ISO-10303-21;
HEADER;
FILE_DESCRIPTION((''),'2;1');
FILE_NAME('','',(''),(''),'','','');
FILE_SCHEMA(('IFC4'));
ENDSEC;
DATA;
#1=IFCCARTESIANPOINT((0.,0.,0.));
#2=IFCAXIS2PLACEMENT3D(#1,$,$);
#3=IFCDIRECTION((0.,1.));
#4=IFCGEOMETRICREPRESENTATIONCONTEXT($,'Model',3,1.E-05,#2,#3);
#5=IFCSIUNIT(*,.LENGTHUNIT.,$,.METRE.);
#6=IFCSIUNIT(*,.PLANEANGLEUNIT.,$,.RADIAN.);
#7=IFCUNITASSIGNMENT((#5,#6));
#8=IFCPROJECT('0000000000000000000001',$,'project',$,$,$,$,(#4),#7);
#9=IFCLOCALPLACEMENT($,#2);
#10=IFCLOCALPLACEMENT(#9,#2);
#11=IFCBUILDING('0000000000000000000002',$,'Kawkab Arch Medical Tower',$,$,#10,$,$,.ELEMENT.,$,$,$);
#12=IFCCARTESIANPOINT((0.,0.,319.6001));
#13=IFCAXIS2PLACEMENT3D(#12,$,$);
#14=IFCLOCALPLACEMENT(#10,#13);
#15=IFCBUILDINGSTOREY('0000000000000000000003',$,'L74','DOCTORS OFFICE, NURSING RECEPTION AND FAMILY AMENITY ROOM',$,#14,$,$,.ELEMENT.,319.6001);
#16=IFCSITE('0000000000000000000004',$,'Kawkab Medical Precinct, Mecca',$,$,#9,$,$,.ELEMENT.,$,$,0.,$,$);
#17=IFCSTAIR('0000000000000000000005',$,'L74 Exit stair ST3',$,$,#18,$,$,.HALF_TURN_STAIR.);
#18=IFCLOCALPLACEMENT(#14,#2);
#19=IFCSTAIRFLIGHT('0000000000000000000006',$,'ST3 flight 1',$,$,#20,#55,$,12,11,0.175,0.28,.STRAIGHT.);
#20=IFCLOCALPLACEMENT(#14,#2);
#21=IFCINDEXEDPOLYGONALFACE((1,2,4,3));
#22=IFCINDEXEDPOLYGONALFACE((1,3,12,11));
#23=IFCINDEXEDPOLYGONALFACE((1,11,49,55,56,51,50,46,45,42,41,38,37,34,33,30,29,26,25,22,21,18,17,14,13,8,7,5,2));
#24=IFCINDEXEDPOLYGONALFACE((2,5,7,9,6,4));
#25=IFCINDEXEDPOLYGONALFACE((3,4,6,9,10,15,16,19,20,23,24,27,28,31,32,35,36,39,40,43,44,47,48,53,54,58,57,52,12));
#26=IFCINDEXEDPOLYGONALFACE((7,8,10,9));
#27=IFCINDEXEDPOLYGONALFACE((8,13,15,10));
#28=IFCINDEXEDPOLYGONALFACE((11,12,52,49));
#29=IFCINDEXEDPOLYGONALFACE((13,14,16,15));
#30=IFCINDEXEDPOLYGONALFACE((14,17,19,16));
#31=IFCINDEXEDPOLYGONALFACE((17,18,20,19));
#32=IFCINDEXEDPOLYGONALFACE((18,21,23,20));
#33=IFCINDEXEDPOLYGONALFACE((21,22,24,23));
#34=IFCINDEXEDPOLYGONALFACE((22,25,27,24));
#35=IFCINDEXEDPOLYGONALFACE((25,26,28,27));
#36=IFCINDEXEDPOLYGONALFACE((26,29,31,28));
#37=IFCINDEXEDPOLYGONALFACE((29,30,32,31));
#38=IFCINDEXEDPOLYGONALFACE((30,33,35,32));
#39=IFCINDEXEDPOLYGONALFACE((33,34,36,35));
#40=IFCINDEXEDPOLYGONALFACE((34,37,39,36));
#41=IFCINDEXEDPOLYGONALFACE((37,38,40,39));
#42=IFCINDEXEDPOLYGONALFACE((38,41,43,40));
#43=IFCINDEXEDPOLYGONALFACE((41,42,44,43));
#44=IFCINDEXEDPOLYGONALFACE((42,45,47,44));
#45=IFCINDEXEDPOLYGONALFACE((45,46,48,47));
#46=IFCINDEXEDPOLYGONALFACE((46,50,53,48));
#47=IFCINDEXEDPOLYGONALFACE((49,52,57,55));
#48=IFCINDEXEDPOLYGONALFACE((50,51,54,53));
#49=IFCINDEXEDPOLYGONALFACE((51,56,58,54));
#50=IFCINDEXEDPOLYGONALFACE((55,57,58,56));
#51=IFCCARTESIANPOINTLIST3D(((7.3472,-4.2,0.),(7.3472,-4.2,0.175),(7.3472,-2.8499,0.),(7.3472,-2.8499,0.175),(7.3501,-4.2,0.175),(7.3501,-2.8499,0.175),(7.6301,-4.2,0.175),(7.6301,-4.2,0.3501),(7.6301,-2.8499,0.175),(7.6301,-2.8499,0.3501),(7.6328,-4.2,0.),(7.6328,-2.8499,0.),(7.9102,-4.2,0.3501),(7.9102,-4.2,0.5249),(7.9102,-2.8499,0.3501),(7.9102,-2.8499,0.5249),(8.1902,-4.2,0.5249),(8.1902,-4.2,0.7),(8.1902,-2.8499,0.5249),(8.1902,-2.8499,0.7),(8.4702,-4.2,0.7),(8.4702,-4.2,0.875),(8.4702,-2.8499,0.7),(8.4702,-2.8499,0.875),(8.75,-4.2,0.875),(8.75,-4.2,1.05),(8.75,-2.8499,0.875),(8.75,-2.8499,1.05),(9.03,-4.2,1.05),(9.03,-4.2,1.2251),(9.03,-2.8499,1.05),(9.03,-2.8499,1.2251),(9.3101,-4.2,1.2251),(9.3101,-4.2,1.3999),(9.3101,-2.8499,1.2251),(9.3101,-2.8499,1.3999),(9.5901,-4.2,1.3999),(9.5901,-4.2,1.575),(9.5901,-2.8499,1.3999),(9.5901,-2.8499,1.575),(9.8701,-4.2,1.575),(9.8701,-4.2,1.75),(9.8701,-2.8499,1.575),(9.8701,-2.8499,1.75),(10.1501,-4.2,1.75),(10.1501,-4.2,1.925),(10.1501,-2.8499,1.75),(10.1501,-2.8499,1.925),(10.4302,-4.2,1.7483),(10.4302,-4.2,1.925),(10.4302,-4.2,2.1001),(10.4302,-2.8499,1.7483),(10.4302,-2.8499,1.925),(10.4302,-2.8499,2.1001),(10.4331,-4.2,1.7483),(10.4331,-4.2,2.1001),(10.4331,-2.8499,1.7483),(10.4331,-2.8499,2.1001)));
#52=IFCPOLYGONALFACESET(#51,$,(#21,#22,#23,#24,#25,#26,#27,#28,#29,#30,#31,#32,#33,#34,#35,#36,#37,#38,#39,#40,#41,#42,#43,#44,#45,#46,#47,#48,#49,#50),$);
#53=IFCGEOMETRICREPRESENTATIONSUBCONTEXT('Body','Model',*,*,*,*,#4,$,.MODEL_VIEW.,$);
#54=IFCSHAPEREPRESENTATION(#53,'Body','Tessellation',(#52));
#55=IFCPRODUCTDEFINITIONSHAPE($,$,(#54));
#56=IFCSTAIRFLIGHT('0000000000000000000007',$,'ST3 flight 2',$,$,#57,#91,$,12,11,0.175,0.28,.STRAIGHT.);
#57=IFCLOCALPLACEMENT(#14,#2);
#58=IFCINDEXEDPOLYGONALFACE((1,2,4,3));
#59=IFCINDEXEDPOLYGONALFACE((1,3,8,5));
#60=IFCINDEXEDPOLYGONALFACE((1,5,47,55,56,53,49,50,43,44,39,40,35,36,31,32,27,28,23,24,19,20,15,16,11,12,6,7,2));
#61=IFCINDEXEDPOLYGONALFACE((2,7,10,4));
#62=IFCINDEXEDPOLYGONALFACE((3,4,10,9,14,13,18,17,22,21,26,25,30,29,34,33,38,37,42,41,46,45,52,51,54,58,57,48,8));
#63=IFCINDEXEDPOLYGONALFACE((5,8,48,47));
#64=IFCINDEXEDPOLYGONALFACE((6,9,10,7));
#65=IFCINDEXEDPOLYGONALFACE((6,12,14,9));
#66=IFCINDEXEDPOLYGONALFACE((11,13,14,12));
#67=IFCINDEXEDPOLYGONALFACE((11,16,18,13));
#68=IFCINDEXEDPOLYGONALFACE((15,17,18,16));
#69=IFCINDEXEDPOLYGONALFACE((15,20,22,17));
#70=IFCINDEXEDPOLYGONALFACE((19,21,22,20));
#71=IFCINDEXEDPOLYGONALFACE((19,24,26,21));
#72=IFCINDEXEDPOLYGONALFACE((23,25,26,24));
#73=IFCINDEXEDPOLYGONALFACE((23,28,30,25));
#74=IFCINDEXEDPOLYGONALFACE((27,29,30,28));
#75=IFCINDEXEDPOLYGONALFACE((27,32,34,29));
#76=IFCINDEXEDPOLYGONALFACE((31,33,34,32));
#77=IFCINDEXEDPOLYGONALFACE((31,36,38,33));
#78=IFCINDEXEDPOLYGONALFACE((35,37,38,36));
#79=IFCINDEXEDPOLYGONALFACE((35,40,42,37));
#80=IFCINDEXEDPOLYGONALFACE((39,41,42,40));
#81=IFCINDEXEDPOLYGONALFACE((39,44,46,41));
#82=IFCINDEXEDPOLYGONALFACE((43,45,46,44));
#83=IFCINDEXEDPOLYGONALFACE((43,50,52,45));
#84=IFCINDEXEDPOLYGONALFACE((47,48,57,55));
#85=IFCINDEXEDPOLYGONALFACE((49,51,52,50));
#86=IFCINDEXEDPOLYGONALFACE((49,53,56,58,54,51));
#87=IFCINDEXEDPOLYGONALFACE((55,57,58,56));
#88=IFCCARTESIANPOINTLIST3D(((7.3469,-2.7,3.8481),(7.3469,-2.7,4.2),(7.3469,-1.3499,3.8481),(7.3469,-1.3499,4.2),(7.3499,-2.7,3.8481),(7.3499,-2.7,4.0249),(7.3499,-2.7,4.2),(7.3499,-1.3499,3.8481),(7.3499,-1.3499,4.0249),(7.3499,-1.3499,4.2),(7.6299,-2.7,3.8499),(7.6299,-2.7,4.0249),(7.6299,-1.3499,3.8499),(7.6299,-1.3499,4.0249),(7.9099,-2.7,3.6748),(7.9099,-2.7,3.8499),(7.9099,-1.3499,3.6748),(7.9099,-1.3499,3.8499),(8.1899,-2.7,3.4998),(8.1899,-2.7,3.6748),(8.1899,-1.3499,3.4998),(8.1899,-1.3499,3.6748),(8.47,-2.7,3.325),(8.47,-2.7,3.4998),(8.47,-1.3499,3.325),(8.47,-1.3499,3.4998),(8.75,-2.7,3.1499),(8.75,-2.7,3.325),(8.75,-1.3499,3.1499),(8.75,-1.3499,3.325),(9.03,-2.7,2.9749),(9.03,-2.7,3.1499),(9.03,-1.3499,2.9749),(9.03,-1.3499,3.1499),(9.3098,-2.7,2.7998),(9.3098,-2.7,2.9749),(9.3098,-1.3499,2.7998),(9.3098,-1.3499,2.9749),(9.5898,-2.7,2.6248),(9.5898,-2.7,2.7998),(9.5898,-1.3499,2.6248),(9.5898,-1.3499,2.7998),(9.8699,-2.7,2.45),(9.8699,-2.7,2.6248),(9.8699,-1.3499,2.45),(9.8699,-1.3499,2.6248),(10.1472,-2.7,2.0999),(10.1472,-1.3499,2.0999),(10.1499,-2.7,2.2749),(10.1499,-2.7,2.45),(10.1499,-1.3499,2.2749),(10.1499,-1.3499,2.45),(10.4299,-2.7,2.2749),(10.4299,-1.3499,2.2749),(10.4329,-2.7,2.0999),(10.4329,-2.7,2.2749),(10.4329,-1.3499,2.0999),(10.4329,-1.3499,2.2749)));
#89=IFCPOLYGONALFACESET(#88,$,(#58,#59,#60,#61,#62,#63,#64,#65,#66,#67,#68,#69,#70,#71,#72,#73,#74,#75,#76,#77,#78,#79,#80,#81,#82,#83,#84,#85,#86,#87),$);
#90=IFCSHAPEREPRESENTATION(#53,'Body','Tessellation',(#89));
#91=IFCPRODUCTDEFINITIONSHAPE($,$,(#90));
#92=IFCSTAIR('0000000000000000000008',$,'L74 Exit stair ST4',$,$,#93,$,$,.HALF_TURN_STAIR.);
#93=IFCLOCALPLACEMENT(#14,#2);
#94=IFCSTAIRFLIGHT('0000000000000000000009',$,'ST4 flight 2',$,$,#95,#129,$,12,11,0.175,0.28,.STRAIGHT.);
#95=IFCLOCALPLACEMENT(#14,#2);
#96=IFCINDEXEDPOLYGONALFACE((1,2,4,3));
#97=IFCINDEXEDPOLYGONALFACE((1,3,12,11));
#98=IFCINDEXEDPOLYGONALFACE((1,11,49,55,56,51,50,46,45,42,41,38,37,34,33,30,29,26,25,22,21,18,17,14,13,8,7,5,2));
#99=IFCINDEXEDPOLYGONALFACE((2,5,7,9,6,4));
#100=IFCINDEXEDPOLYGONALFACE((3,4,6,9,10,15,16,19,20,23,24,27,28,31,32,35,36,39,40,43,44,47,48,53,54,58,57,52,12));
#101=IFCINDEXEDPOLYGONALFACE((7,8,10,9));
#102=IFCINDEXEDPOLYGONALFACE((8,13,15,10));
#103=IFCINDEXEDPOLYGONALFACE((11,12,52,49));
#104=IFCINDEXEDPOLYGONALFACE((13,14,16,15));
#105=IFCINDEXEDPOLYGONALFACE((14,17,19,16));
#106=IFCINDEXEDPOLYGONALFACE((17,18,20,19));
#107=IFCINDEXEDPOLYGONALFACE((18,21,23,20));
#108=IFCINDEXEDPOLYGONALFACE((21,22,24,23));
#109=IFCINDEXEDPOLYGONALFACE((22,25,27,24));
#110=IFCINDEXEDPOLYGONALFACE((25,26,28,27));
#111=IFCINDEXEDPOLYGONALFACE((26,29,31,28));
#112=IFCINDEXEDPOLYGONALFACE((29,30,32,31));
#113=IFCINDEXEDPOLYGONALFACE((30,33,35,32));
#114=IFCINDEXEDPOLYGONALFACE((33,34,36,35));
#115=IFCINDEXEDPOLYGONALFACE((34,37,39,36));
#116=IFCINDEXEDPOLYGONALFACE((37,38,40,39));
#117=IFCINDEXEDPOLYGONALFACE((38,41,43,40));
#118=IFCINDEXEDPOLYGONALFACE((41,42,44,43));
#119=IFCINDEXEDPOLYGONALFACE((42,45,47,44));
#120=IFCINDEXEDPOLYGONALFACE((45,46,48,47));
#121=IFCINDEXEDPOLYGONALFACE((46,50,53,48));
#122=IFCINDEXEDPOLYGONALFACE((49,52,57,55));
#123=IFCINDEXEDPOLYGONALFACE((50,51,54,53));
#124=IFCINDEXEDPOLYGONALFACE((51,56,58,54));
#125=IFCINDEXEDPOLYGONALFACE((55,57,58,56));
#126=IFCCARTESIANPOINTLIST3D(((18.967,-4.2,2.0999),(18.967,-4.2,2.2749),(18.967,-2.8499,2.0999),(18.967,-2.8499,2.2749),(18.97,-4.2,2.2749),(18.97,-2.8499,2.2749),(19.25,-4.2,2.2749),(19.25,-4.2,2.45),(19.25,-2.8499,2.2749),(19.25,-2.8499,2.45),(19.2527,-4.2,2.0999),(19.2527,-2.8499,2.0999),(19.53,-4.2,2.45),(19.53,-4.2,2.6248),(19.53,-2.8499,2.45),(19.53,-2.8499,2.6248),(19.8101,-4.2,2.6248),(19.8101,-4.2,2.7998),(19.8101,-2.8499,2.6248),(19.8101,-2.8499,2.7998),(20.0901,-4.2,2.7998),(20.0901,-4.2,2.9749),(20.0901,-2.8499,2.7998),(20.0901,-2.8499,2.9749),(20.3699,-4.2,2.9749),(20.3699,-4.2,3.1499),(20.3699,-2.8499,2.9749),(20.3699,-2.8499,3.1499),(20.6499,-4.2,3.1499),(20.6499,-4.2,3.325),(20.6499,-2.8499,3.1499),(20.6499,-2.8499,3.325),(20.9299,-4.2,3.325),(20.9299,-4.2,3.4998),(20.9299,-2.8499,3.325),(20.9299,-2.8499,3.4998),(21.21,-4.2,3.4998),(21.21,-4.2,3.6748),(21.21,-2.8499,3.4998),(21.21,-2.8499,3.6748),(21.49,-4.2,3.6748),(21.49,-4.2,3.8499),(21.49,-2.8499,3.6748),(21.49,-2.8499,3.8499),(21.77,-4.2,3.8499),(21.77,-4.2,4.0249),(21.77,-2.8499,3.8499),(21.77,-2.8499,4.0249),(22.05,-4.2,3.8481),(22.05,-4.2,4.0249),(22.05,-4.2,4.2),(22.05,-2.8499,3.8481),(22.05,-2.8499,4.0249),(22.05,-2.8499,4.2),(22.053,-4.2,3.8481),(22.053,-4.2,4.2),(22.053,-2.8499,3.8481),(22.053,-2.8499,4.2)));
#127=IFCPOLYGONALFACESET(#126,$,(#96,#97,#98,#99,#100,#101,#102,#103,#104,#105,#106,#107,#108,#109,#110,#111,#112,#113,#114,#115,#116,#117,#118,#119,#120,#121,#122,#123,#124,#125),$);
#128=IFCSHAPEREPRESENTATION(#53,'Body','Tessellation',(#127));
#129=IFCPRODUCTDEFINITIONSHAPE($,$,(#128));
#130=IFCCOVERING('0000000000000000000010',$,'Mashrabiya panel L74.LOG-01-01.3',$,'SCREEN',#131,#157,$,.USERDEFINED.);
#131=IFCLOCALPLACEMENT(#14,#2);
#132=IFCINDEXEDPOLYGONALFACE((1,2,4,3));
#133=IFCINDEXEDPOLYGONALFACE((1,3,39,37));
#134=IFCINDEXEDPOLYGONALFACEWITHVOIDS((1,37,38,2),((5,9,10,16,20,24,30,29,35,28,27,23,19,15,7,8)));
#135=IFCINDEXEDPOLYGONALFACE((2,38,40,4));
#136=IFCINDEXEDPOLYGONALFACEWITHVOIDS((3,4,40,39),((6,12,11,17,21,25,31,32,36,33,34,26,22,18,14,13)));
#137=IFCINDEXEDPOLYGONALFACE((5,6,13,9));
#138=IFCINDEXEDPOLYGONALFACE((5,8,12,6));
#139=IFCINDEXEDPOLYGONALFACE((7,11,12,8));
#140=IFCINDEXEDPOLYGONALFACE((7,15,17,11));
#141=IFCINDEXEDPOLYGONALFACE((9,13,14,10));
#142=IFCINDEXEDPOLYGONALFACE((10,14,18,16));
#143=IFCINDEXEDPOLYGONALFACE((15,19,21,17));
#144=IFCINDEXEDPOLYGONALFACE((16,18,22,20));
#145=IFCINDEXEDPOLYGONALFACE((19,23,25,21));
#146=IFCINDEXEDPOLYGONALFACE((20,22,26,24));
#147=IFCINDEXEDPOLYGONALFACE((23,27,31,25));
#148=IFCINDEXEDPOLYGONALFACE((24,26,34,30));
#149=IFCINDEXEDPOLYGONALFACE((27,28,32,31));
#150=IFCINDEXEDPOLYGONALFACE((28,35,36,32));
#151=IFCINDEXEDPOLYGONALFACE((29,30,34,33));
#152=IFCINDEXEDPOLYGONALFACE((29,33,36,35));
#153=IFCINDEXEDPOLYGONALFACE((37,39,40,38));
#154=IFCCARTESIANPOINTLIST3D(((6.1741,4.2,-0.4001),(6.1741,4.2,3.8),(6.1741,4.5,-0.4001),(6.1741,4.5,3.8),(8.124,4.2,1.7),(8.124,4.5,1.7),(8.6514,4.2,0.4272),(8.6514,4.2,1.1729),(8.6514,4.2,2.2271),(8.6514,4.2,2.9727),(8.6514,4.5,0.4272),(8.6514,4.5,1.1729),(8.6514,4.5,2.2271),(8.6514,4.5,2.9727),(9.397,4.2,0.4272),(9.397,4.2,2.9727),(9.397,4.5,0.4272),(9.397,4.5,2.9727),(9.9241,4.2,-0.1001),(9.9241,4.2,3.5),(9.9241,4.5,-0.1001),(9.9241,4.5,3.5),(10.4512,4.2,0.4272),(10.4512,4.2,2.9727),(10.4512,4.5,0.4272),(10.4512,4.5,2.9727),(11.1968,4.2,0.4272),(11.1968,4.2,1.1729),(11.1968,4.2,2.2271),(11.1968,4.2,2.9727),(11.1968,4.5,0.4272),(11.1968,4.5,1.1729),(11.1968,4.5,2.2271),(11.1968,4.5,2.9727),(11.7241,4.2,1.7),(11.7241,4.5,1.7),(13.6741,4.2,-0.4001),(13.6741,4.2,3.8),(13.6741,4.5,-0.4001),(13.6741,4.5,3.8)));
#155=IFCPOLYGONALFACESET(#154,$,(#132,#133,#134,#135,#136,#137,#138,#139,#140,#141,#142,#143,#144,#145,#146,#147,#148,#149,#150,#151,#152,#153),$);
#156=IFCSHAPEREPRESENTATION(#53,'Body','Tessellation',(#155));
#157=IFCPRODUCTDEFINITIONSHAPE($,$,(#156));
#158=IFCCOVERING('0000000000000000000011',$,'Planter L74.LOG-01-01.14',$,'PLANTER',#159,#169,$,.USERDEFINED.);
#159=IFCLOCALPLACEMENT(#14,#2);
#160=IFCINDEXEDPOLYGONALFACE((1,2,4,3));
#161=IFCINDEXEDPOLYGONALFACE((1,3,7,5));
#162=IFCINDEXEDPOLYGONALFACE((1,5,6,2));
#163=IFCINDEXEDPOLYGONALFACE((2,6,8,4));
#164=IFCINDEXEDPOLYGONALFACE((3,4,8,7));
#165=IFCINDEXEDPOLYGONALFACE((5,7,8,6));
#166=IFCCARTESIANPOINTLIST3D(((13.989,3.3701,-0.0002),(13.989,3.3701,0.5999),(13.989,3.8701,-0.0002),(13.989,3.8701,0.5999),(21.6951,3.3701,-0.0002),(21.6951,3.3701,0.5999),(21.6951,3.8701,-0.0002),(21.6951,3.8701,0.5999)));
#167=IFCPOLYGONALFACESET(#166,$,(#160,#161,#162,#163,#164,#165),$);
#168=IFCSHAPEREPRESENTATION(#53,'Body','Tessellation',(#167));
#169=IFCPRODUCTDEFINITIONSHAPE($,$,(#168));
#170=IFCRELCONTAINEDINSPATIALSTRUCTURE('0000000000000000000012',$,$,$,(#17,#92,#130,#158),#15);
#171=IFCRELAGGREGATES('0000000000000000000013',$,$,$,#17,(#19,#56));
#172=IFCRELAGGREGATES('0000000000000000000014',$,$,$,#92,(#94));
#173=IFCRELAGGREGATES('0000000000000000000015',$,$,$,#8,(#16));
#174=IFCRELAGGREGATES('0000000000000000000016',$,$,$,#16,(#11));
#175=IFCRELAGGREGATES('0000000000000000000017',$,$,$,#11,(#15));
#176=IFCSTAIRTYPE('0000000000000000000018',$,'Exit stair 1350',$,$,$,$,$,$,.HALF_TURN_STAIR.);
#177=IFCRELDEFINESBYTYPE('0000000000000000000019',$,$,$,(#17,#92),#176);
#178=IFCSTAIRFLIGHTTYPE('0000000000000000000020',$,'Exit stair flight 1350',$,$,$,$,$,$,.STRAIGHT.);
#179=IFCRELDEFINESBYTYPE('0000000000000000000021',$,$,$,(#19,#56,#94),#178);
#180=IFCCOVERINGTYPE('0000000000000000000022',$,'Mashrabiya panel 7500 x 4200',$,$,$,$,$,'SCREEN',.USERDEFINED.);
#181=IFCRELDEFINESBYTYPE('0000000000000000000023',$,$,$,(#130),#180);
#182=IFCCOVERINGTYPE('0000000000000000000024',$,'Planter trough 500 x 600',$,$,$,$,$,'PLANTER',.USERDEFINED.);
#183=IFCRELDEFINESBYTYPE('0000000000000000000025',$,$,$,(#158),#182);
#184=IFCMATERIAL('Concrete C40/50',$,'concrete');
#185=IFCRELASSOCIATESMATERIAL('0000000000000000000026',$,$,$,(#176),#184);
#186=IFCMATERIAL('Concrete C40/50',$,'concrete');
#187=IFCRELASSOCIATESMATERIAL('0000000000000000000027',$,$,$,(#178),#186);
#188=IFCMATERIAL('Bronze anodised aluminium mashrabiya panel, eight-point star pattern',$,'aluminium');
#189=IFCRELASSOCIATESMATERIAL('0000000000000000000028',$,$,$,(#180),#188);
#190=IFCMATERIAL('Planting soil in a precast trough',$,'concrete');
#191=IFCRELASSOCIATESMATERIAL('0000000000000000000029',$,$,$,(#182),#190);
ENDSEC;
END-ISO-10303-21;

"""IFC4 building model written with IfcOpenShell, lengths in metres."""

from ifc_helpers import new_model, si_unit, direction, frame, origin, origin_2d, place, context, subcontext, project, spatial, polyline, rectangle, outline, extrude, material, material_profile, profile_set, type_object, element, aggregate, save


model = new_model("IFC4")

# Units and contexts
model_context = context("Model", 3, precision=1e-05, world=origin(), true_north=direction((0.0, 1.0)))
body_context = subcontext(model_context, "Body", "Model", "MODEL_VIEW")
ifc_project = project(units=[si_unit("LENGTHUNIT", "METRE"), si_unit("PLANEANGLEUNIT", "RADIAN")], contexts=[model_context])

# Site, building, storey
site_placement = place(None, origin())
site = spatial("IfcSite", under=ifc_project, at=site_placement, Name="Kawkab Medical Precinct, Mecca", CompositionType="ELEMENT", RefElevation=0.0)
building_placement = place(site_placement, origin())
building = spatial("IfcBuilding", under=site, at=building_placement, Name="Kawkab Arch Medical Tower", CompositionType="ELEMENT")
storey_placement = place(building_placement, frame((0.0, 0.0, 319.6001)))
storey = spatial("IfcBuildingStorey", under=building, at=storey_placement, Name="L74", Description="DOCTORS OFFICE, NURSING RECEPTION AND FAMILY AMENITY ROOM", CompositionType="ELEMENT", Elevation=319.6001)

# Shared definitions
placement = place(storey_placement, origin())

# Stair, stair flights
ifc_material_1 = material(Name="Concrete C40/50", Category="concrete")
stair_type = type_object("IfcStairType", Name="Exit stair 1350", PredefinedType="HALF_TURN_STAIR", material=ifc_material_1)
stair_1 = element("IfcStair", 1, at=placement, inside=storey, type_object=stair_type, Name="L74 Exit stair ST3", PredefinedType="HALF_TURN_STAIR")
ifc_material_2 = material(Name="Concrete C40/50", Category="concrete")
stair_flight_type = type_object("IfcStairFlightType", Name="Exit stair flight 1350", PredefinedType="STRAIGHT", material=ifc_material_2)
stair_flight_1_placement = place(storey_placement, frame((7.3501, -3.5249, 0.0), z_axis=(0.0, 0.0, 1.0), x_axis=(1.0, 0.0, 0.0)))
stair_flight_1 = element("IfcStairFlight", 2, at=stair_flight_1_placement, type_object=stair_flight_type, Name="ST3 flight 1", NumberOfRisers=12, NumberOfTreads=11, PredefinedType="STRAIGHT", RiserHeight=0.175, TreadLength=0.28, context=body_context, shape_type="SweptSolid", body=[
    extrude(outline(polyline([(-0.0029, 0.0), (-0.0029, 0.175), (0.0, 0.175), (0.28, 0.175), (0.28, 0.3501), (0.5601, 0.3501), (0.5601, 0.5249), (0.8401, 0.5249), (0.8401, 0.7), (1.1201, 0.7), (1.1201, 0.875), (1.3999, 0.875), (1.3999, 1.05), (1.6799, 1.05), (1.6799, 1.2251), (1.96, 1.2251), (1.96, 1.3999), (2.24, 1.3999), (2.24, 1.575), (2.52, 1.575), (2.52, 1.75), (2.8, 1.75), (2.8, 1.925), (3.0801, 1.925), (3.0801, 2.1001), (3.083, 2.1001), (3.083, 1.7483), (3.0801, 1.7483), (0.2827, 0.0), (-0.0029, 0.0)])), frame((0.0, 0.675, 0.0), z_axis=(0.0, -1.0, 0.0), x_axis=(1.0, 0.0, 0.0)), (0.0, 0.0, 1.0), 1.3501),
])
stair_flight_2_placement = place(storey_placement, frame((10.4299, -2.0249, 2.0999), z_axis=(0.0, 0.0, 1.0), x_axis=(-1.0, 0.0, 0.0)))
stair_flight_2 = element("IfcStairFlight", 3, at=stair_flight_2_placement, type_object=stair_flight_type, Name="ST3 flight 2", NumberOfRisers=12, NumberOfTreads=11, PredefinedType="STRAIGHT", RiserHeight=0.175, TreadLength=0.28, context=body_context, shape_type="SweptSolid", body=[
    extrude(outline(polyline([(-0.0029, 0.0), (-0.0029, 0.175), (0.0, 0.175), (0.28, 0.175), (0.28, 0.3501), (0.5601, 0.3501), (0.5601, 0.5249), (0.8401, 0.5249), (0.8401, 0.7), (1.1201, 0.7), (1.1201, 0.875), (1.3999, 0.875), (1.3999, 1.05), (1.6799, 1.05), (1.6799, 1.2251), (1.96, 1.2251), (1.96, 1.3999), (2.24, 1.3999), (2.24, 1.575), (2.52, 1.575), (2.52, 1.75), (2.8, 1.75), (2.8, 1.925), (3.0801, 1.925), (3.0801, 2.1001), (3.083, 2.1001), (3.083, 1.7483), (3.0801, 1.7483), (0.2827, 0.0), (-0.0029, 0.0)])), frame((0.0, 0.675, 0.0), z_axis=(0.0, -1.0, 0.0), x_axis=(1.0, 0.0, 0.0)), (0.0, 0.0, 1.0), 1.3501),
])
aggregate(stair_1, [stair_flight_1, stair_flight_2])

# Stair, stair flight
stair_2 = element("IfcStair", 4, at=placement, inside=storey, type_object=stair_type, Name="L74 Exit stair ST4", PredefinedType="HALF_TURN_STAIR")
stair_flight_3_placement = place(storey_placement, frame((18.97, -3.5249, 2.0999), z_axis=(0.0, 0.0, 1.0), x_axis=(1.0, 0.0, 0.0)))
stair_flight_3 = element("IfcStairFlight", 5, at=stair_flight_3_placement, type_object=stair_flight_type, Name="ST4 flight 2", NumberOfRisers=12, NumberOfTreads=11, PredefinedType="STRAIGHT", RiserHeight=0.175, TreadLength=0.28, context=body_context, shape_type="SweptSolid", body=[
    extrude(outline(polyline([(-0.0029, 0.0), (-0.0029, 0.175), (0.0, 0.175), (0.28, 0.175), (0.28, 0.3501), (0.5601, 0.3501), (0.5601, 0.5249), (0.8401, 0.5249), (0.8401, 0.7), (1.1201, 0.7), (1.1201, 0.875), (1.3999, 0.875), (1.3999, 1.05), (1.6799, 1.05), (1.6799, 1.2251), (1.96, 1.2251), (1.96, 1.3999), (2.24, 1.3999), (2.24, 1.575), (2.52, 1.575), (2.52, 1.75), (2.8, 1.75), (2.8, 1.925), (3.0801, 1.925), (3.0801, 2.1001), (3.083, 2.1001), (3.083, 1.7483), (3.0801, 1.7483), (0.2827, 0.0), (-0.0029, 0.0)])), frame((0.0, 0.675, 0.0), z_axis=(0.0, -1.0, 0.0), x_axis=(1.0, 0.0, 0.0)), (0.0, 0.0, 1.0), 1.3501),
])
aggregate(stair_2, [stair_flight_3])

# Coverings
ifc_material_3 = material(Name="Bronze anodised aluminium mashrabiya panel, eight-point star pattern", Category="aluminium")
ifc_material_profile_1 = material_profile(ifc_material_3, outline(polyline([(-3.75, -2.1001), (3.75, -2.1001), (3.75, 2.1001), (-3.75, 2.1001), (-3.75, -2.1001)]), holes=[polyline([(1.8, 0.0), (1.2727, 0.5271), (1.2727, 1.2727), (0.5271, 1.2727), (0.0, 1.8), (-0.5271, 1.2727), (-1.2727, 1.2727), (-1.2727, 0.5271), (-1.8, 0.0), (-1.2727, -0.5271), (-1.2727, -1.2727), (-0.5271, -1.2727), (0.0, -1.8), (0.5271, -1.2727), (1.2727, -1.2727), (1.2727, -0.5271), (1.8, 0.0)])]), Name="Mashrabiya panel 7500x4200")
ifc_profile_set_1 = profile_set([ifc_material_profile_1], Name="Bronze anodised aluminium mashrabiya panel, eight-point star pattern")
covering_type_1 = type_object("IfcCoveringType", Name="Mashrabiya panel 7500 x 4200", ElementType="SCREEN", PredefinedType="USERDEFINED", material=ifc_profile_set_1)
covering_1_placement = place(storey_placement, frame((9.9241, 4.2, 1.7), z_axis=(0.0, 1.0, 0.0), x_axis=(-1.0, 0.0, 0.0)))
element("IfcCovering", 6, at=covering_1_placement, inside=storey, type_object=covering_type_1, Name="Mashrabiya panel L74.LOG-01-01.3", ObjectType="SCREEN", PredefinedType="USERDEFINED", context=body_context, shape_type="SweptSolid", body=[
    extrude(outline(polyline([(-3.75, -2.1001), (3.75, -2.1001), (3.75, 2.1001), (-3.75, 2.1001), (-3.75, -2.1001)]), holes=[polyline([(1.8, 0.0), (1.2727, 0.5271), (1.2727, 1.2727), (0.5271, 1.2727), (0.0, 1.8), (-0.5271, 1.2727), (-1.2727, 1.2727), (-1.2727, 0.5271), (-1.8, 0.0), (-1.2727, -0.5271), (-1.2727, -1.2727), (-0.5271, -1.2727), (0.0, -1.8), (0.5271, -1.2727), (1.2727, -1.2727), (1.2727, -0.5271), (1.8, 0.0)])]), origin(), (0.0, 0.0, 1.0), 0.3),
])
ifc_material_4 = material(Name="Planting soil in a precast trough", Category="concrete")
ifc_material_profile_2 = material_profile(ifc_material_4, rectangle(XDim=0.5, YDim=0.6001, at=origin_2d()), Name="Trough 500x600")
ifc_profile_set_2 = profile_set([ifc_material_profile_2], Name="Planting soil in a precast trough")
covering_type_2 = type_object("IfcCoveringType", Name="Planter trough 500 x 600", ElementType="PLANTER", PredefinedType="USERDEFINED", material=ifc_profile_set_2)
covering_2_placement = place(storey_placement, frame((13.989, 3.6201, 0.2998), z_axis=(1.0, 0.0, 0.0), x_axis=(0.0, 1.0, 0.0)))
element("IfcCovering", 7, at=covering_2_placement, inside=storey, type_object=covering_type_2, Name="Planter L74.LOG-01-01.14", ObjectType="PLANTER", PredefinedType="USERDEFINED", context=body_context, shape_type="SweptSolid", body=[
    extrude(rectangle(XDim=0.5, YDim=0.6001, at=origin_2d()), origin(), (0.0, 0.0, 1.0), 7.7061),
])

save(model, "model.ifc")
